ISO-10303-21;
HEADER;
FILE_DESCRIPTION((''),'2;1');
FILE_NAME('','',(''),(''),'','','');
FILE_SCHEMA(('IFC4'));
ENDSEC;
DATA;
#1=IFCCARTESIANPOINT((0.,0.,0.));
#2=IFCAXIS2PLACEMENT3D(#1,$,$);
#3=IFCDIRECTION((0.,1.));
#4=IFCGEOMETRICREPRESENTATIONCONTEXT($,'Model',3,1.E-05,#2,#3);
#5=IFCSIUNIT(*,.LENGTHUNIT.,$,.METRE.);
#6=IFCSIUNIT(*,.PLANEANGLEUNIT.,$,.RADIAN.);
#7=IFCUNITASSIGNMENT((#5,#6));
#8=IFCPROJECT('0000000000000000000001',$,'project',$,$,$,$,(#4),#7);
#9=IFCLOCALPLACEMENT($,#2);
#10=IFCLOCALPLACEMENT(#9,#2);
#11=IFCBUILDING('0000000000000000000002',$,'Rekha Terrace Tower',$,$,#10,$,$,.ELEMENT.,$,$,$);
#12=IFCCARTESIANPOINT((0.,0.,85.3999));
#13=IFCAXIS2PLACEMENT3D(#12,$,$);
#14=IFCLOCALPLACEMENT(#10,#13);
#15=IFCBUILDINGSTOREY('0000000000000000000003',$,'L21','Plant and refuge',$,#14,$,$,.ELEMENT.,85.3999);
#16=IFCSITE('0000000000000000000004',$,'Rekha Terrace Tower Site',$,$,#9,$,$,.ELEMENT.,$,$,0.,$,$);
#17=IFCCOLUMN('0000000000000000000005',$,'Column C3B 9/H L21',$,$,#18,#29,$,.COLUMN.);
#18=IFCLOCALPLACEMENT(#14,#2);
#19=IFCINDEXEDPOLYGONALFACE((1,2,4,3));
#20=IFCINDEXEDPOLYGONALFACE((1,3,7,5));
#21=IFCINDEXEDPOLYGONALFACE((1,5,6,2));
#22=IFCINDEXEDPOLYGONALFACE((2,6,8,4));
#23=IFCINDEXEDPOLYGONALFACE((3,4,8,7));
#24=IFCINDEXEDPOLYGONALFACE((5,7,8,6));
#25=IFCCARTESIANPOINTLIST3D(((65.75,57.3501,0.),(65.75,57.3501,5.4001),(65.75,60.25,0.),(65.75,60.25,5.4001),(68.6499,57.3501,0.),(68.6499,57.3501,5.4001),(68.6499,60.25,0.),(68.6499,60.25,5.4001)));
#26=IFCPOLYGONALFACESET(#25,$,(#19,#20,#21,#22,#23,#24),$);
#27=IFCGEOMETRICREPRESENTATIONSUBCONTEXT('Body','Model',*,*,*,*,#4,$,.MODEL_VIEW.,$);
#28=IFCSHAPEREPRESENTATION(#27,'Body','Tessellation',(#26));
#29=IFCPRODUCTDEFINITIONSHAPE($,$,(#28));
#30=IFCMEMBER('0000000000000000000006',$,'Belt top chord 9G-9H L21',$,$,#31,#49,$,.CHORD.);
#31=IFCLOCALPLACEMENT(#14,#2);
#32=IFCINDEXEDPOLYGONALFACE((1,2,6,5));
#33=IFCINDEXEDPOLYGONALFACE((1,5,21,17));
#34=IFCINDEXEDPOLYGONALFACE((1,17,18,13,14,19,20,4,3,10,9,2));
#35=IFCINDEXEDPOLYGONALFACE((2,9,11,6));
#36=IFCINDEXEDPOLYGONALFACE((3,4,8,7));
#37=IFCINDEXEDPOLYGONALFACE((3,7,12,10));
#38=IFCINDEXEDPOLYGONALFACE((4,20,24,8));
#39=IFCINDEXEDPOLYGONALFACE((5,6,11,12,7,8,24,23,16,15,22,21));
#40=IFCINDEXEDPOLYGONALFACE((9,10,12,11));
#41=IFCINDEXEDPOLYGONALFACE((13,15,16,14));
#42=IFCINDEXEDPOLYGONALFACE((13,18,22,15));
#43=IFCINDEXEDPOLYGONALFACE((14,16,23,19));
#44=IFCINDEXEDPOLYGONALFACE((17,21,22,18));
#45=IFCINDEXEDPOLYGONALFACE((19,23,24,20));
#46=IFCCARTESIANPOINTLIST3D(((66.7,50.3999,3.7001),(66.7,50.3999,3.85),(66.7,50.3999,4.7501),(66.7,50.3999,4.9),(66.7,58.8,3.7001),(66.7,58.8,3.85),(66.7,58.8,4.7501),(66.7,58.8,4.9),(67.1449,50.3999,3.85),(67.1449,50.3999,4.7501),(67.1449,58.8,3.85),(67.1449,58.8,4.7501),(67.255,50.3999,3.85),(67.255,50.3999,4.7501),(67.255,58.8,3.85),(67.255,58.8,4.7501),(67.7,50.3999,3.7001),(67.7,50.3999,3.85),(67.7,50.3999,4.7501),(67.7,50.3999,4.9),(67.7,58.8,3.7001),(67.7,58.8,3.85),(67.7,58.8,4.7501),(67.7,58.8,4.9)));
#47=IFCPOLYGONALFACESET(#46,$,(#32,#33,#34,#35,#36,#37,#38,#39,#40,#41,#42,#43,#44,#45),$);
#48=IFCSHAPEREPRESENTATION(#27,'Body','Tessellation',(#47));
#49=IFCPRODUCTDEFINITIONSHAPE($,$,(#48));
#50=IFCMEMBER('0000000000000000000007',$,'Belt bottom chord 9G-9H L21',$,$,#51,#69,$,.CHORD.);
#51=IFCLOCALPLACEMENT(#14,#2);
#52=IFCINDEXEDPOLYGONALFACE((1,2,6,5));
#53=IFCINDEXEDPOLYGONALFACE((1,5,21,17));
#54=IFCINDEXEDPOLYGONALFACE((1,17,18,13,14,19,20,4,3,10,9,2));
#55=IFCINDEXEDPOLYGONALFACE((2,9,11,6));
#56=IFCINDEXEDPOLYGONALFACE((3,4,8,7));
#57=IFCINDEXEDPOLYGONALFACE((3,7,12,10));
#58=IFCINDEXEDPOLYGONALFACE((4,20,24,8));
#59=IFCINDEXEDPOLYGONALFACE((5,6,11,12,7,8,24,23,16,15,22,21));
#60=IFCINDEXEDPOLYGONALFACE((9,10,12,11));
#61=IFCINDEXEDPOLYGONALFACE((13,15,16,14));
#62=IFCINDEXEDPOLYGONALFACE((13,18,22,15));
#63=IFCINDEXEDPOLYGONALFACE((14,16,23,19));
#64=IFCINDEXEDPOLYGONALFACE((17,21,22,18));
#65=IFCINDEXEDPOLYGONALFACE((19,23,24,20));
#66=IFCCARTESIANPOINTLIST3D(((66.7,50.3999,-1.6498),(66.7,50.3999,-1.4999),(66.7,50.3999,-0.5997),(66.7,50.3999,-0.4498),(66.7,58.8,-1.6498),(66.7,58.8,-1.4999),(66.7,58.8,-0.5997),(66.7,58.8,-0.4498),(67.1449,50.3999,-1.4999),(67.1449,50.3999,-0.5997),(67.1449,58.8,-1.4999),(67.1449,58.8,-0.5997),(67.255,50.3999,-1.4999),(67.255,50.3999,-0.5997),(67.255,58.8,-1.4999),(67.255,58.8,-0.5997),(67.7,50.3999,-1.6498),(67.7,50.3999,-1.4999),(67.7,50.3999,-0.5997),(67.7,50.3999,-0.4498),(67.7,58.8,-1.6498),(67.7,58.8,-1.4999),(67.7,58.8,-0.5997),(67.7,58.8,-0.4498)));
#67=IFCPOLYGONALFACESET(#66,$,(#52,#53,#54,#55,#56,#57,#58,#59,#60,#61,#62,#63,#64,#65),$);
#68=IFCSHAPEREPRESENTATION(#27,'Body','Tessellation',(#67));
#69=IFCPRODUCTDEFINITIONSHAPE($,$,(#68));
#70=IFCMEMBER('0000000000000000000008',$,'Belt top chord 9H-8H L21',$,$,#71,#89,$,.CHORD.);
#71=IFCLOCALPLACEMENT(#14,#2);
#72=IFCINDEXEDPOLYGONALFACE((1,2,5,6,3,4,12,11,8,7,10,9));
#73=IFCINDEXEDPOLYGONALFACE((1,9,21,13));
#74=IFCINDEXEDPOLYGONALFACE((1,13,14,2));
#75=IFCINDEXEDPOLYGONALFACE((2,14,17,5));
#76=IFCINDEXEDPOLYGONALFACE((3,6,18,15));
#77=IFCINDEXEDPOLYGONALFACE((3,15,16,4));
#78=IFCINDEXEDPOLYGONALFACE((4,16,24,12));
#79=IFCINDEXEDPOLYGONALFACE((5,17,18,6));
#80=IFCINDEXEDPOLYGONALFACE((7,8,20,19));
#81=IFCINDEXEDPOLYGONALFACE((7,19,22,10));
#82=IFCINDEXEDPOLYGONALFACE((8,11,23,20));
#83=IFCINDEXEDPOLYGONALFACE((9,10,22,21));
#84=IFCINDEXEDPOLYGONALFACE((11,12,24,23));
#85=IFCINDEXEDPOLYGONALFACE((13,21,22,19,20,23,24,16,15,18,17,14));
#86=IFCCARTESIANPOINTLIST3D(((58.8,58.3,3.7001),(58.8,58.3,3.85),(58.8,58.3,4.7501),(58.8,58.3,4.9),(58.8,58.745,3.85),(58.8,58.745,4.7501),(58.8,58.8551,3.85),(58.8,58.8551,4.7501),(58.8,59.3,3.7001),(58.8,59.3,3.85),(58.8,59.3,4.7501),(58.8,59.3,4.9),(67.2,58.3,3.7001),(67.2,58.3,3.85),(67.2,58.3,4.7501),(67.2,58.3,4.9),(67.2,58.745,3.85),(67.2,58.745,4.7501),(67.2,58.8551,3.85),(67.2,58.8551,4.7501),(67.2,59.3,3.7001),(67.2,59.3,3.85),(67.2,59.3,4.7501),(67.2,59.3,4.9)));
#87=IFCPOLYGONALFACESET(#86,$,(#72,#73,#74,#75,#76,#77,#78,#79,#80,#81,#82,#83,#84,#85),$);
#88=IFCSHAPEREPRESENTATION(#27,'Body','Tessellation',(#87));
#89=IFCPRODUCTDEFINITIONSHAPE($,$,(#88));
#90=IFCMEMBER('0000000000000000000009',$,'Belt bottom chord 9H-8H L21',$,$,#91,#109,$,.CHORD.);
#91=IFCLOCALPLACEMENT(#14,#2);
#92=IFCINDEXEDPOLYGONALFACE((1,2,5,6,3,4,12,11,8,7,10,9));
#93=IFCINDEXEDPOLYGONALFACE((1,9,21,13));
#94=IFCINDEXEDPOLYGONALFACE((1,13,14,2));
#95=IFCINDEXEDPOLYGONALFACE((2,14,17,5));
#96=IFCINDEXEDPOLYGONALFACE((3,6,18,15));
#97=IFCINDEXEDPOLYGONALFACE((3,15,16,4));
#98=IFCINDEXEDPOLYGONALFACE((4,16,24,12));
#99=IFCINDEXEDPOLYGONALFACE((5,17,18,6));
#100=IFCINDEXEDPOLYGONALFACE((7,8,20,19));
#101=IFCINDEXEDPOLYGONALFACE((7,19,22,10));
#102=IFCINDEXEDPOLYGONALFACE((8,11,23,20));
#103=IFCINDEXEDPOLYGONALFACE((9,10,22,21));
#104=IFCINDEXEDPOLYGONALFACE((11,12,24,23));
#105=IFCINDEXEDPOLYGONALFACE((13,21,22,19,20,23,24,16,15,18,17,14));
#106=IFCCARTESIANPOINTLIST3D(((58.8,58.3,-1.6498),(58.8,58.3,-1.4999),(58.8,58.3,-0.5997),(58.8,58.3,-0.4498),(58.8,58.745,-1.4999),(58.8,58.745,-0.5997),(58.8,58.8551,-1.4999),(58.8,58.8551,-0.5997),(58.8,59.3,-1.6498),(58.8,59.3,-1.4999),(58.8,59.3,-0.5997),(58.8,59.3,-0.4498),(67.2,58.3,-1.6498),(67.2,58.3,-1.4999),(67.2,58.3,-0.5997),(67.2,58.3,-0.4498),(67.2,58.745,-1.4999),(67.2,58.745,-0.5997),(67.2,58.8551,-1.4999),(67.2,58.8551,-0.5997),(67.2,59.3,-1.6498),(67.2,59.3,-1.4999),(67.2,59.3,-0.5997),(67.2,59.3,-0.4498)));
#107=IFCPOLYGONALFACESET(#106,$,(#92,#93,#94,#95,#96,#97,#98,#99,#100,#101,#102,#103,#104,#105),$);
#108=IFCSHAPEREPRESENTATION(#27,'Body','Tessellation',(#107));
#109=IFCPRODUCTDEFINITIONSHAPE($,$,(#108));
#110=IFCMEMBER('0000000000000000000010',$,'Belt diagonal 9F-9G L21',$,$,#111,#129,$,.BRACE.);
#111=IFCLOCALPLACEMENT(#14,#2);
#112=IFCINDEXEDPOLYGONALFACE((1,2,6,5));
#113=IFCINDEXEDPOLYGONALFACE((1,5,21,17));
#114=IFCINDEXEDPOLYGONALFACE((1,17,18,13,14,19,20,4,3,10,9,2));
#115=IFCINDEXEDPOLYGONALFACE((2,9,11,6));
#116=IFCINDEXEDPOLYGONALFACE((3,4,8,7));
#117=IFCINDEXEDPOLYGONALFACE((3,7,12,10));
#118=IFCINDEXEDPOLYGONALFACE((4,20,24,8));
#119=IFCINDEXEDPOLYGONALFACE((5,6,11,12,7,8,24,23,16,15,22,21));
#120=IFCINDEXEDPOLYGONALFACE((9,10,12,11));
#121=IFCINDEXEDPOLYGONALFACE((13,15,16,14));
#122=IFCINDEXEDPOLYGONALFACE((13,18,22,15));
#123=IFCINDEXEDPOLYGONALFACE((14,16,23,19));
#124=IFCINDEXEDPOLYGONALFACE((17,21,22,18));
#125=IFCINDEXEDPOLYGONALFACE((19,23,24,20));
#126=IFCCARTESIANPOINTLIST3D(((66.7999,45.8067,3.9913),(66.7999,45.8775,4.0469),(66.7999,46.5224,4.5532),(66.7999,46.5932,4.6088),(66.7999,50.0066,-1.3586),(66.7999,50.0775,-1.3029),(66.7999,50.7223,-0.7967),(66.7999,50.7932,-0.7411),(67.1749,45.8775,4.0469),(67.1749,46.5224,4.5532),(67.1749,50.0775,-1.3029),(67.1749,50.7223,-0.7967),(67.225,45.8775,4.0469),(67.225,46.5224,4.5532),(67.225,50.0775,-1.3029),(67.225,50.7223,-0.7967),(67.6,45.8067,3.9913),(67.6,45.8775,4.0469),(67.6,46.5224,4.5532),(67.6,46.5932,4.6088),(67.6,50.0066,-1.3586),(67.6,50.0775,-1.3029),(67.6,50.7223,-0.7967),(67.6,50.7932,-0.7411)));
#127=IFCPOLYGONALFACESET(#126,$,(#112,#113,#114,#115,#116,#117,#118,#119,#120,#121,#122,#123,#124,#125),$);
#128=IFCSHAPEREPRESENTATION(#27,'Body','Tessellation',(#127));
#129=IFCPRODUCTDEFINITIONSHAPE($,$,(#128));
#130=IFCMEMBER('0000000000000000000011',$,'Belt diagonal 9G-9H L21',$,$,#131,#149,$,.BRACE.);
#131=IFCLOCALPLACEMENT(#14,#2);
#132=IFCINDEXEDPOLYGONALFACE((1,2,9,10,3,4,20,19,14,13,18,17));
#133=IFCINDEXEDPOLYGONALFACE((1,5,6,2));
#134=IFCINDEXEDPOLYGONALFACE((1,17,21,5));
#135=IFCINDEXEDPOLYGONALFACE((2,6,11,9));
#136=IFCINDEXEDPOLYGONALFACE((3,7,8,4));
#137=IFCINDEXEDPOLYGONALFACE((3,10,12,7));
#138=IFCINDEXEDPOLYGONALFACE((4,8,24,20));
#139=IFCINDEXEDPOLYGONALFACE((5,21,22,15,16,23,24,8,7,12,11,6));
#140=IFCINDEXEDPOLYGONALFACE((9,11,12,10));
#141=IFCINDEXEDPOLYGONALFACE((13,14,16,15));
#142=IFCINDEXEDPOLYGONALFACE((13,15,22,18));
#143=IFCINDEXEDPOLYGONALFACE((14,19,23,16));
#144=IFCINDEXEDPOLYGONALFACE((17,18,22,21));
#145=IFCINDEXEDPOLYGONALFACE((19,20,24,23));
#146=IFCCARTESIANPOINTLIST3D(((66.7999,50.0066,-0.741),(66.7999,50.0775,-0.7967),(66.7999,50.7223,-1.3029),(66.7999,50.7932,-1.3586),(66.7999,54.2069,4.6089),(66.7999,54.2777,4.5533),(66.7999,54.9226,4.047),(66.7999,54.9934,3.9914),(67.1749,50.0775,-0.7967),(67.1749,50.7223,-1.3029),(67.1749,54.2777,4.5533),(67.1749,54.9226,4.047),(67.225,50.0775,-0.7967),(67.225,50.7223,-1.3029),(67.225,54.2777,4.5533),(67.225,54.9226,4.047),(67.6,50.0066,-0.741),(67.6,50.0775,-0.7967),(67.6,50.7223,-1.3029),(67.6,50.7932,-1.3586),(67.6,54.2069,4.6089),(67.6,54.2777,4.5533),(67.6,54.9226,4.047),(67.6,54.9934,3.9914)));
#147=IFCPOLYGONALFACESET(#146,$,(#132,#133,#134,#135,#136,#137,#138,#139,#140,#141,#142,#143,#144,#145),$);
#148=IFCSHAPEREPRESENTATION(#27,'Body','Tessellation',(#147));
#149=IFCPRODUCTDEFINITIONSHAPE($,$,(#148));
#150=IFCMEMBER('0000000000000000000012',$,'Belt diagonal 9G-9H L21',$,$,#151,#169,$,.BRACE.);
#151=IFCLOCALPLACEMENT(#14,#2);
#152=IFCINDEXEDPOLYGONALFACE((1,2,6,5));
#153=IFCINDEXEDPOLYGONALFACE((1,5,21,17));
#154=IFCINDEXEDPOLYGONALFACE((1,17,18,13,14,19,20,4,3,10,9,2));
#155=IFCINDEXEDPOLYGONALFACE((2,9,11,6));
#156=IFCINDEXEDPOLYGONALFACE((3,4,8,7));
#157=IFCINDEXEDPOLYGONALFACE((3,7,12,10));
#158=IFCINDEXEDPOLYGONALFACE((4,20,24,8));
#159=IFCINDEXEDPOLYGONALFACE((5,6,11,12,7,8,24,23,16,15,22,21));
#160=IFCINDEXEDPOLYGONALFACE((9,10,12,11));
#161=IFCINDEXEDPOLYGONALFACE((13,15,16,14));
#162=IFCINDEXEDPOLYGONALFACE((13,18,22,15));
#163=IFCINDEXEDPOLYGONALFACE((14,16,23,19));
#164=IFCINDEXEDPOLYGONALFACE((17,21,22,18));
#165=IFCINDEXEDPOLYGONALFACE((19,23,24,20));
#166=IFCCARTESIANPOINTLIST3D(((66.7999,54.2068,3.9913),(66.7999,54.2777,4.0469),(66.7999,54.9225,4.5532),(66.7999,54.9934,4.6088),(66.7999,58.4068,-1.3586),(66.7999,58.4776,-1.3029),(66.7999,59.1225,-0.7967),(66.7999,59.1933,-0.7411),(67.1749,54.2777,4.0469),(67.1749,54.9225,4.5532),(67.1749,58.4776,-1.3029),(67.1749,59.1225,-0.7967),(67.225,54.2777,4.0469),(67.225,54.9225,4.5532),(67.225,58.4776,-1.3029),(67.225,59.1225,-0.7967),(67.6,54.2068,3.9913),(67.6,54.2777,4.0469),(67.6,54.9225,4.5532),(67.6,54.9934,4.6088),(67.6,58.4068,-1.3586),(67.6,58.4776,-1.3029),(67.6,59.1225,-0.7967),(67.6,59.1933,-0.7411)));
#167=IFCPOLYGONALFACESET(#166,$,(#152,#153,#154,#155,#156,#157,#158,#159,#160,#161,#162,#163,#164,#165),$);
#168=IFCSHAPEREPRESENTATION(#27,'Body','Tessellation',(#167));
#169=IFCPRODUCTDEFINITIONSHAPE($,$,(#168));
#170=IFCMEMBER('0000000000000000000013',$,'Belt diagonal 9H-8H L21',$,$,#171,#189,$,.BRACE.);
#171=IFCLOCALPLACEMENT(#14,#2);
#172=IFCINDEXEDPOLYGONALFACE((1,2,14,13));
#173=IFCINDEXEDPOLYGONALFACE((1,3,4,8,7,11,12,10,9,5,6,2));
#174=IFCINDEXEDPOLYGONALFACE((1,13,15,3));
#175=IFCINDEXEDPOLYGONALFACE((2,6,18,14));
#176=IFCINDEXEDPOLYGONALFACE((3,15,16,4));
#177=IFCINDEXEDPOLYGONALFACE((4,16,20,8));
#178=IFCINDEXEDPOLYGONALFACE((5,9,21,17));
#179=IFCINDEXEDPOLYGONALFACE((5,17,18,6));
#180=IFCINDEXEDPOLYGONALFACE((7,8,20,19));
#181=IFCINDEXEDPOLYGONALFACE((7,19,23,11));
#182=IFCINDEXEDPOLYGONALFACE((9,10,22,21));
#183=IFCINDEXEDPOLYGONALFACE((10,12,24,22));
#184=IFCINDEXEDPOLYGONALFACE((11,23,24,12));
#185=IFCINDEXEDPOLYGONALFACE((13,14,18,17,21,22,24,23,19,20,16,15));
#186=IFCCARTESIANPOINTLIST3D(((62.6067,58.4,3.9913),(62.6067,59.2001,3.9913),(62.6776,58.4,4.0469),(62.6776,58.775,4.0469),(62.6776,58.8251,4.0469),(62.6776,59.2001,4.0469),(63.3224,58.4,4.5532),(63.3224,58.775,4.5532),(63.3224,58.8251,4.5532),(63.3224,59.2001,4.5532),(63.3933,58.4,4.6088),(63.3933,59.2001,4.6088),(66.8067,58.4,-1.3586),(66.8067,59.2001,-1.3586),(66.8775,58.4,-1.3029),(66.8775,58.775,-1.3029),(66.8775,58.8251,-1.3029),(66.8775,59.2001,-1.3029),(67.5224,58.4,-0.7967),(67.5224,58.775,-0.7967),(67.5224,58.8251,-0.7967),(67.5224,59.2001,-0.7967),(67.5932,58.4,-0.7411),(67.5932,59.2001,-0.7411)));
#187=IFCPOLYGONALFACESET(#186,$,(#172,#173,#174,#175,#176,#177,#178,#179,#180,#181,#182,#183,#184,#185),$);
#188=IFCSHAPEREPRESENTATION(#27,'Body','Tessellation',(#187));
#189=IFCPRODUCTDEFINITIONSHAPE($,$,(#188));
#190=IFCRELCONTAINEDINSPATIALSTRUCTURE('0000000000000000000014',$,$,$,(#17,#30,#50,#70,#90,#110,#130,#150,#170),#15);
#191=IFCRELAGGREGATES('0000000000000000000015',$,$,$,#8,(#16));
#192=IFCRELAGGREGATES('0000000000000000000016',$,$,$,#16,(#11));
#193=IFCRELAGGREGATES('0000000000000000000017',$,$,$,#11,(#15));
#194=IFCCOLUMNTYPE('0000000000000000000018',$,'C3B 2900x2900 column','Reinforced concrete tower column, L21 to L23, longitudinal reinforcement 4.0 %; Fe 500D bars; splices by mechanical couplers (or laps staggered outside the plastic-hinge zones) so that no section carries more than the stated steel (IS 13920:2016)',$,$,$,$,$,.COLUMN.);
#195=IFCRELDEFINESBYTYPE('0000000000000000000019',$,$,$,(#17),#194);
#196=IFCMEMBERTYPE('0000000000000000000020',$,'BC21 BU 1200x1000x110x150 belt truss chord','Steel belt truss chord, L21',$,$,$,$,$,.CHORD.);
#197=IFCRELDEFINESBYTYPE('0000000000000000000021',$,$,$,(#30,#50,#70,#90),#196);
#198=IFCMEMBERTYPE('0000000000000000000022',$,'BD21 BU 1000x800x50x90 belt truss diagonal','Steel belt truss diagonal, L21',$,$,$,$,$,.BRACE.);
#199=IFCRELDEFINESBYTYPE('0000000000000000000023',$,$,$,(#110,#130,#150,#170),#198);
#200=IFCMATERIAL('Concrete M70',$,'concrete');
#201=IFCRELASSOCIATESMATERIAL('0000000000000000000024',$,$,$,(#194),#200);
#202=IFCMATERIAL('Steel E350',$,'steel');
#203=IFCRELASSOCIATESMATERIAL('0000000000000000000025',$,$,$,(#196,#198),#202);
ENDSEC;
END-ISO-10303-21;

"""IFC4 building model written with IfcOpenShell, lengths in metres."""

from ifc_helpers import new_model, si_unit, direction, frame, origin, origin_2d, place, context, subcontext, project, spatial, rectangle, i_section, extrude, material, material_profile, profile_set, type_object, element, save


model = new_model("IFC4")

# Units and contexts
model_context = context("Model", 3, precision=1e-05, world=origin(), true_north=direction((0.0, 1.0)))
body_context = subcontext(model_context, "Body", "Model", "MODEL_VIEW")
ifc_project = project(units=[si_unit("LENGTHUNIT", "METRE"), si_unit("PLANEANGLEUNIT", "RADIAN")], contexts=[model_context])

# Site, building, storey
site_placement = place(None, origin())
site = spatial("IfcSite", under=ifc_project, at=site_placement, Name="Rekha Terrace Tower Site", CompositionType="ELEMENT", RefElevation=0.0)
building_placement = place(site_placement, origin())
building = spatial("IfcBuilding", under=site, at=building_placement, Name="Rekha Terrace Tower", CompositionType="ELEMENT")
storey_placement = place(building_placement, frame((0.0, 0.0, 85.3999)))
storey = spatial("IfcBuildingStorey", under=building, at=storey_placement, Name="L21", Description="Plant and refuge", CompositionType="ELEMENT", Elevation=85.3999)

# Column
ifc_material_1 = material(Name="Concrete M70", Category="concrete")
ifc_material_profile_1 = material_profile(ifc_material_1, rectangle(XDim=2.8999, YDim=2.8999, at=origin_2d()), Name="RC 2900x2900")
ifc_profile_set_1 = profile_set([ifc_material_profile_1], Name="Concrete M70")
column_type = type_object("IfcColumnType", Name="C3B 2900x2900 column", Description="Reinforced concrete tower column, L21 to L23, longitudinal reinforcement 4.0 %; Fe 500D bars; splices by mechanical couplers (or laps staggered outside the plastic-hinge zones) so that no section carries more than the stated steel (IS 13920:2016)", PredefinedType="COLUMN", material=ifc_profile_set_1)
column_placement = place(storey_placement, frame((67.2, 58.8, 0.0), z_axis=(0.0, 0.0, 1.0), x_axis=(1.0, 0.0, 0.0)))
element("IfcColumn", 1, at=column_placement, inside=storey, type_object=column_type, Name="Column C3B 9/H L21", PredefinedType="COLUMN", context=body_context, shape_type="SweptSolid", body=[
    extrude(rectangle(XDim=2.8999, YDim=2.8999, at=origin_2d()), origin(), (0.0, 0.0, 1.0), 5.4001),
])

# Members
ifc_material_2 = material(Name="Steel E350", Category="steel")
ifc_material_profile_2 = material_profile(ifc_material_2, i_section(OverallWidth=1.0, OverallDepth=1.2, WebThickness=0.1101, FlangeThickness=0.1499, at=origin_2d()), Name="BU 1200x1000x110x150")
ifc_profile_set_2 = profile_set([ifc_material_profile_2], Name="Steel E350")
member_type_1 = type_object("IfcMemberType", Name="BC21 BU 1200x1000x110x150 belt truss chord", Description="Steel belt truss chord, L21", PredefinedType="CHORD", material=ifc_profile_set_2)
for number, where, z_axis, x_axis, name in (
    (2, (67.2, 50.3999, 4.3), (0.0, 1.0, 0.0), (-1.0, 0.0, 0.0), "Belt top chord 9G-9H L21"),
    (3, (67.2, 50.3999, -1.0498), (0.0, 1.0, 0.0), (-1.0, 0.0, 0.0), "Belt bottom chord 9G-9H L21"),
):
    element("IfcMember", number, at=place(storey_placement, frame(where, z_axis=z_axis, x_axis=x_axis)), inside=storey, type_object=member_type_1, Name=name, PredefinedType="CHORD", context=body_context, shape_type="SweptSolid", body=[
        extrude(i_section(OverallWidth=1.0, OverallDepth=1.2, WebThickness=0.1101, FlangeThickness=0.1499, at=origin_2d()), origin(), (0.0, 0.0, 1.0), 8.4001),
    ])
for number, where, z_axis, x_axis, name in (
    (4, (67.2, 58.8, 4.3), (-1.0, 0.0, 0.0), (0.0, -1.0, 0.0), "Belt top chord 9H-8H L21"),
    (5, (67.2, 58.8, -1.0498), (-1.0, 0.0, 0.0), (0.0, -1.0, 0.0), "Belt bottom chord 9H-8H L21"),
):
    element("IfcMember", number, at=place(storey_placement, frame(where, z_axis=z_axis, x_axis=x_axis)), inside=storey, type_object=member_type_1, Name=name, PredefinedType="CHORD", context=body_context, shape_type="SweptSolid", body=[
        extrude(i_section(OverallWidth=1.0, OverallDepth=1.2, WebThickness=0.1101, FlangeThickness=0.1499, at=origin_2d()), origin(), (0.0, 0.0, 1.0), 8.3999),
    ])
ifc_material_profile_3 = material_profile(ifc_material_2, i_section(OverallWidth=0.8, OverallDepth=1.0, WebThickness=0.05, FlangeThickness=0.0901, at=origin_2d()), Name="BU 1000x800x50x90")
ifc_profile_set_3 = profile_set([ifc_material_profile_3], Name="Steel E350")
member_type_2 = type_object("IfcMemberType", Name="BD21 BU 1000x800x50x90 belt truss diagonal", Description="Steel belt truss diagonal, L21", PredefinedType="BRACE", material=ifc_profile_set_3)
member_1_placement = place(storey_placement, frame((67.2, 50.3999, -1.0498), z_axis=(0.0, -0.617503, 0.786569), x_axis=(1.0, 0.0, 0.0)))
element("IfcMember", 6, at=member_1_placement, inside=storey, type_object=member_type_2, Name="Belt diagonal 9F-9G L21", PredefinedType="BRACE", context=body_context, shape_type="SweptSolid", body=[
    extrude(i_section(OverallWidth=0.8, OverallDepth=1.0, WebThickness=0.05, FlangeThickness=0.0901, at=origin_2d()), origin(), (0.0, 0.0, 1.0), 6.8015),
])
member_2_placement = place(storey_placement, frame((67.2, 50.3999, -1.0498), z_axis=(0.0, 0.617525, 0.786551), x_axis=(-1.0, 0.0, 0.0)))
element("IfcMember", 7, at=member_2_placement, inside=storey, type_object=member_type_2, Name="Belt diagonal 9G-9H L21", PredefinedType="BRACE", context=body_context, shape_type="SweptSolid", body=[
    extrude(i_section(OverallWidth=0.8, OverallDepth=1.0, WebThickness=0.05, FlangeThickness=0.0901, at=origin_2d()), origin(), (0.0, 0.0, 1.0), 6.8018),
])
for number, where, z_axis, x_axis, name in (
    (8, (67.2, 58.8, -1.0498), (0.0, -0.617503, 0.786569), (1.0, 0.0, 0.0), "Belt diagonal 9G-9H L21"),
    (9, (67.2, 58.8, -1.0498), (-0.617503, 0.0, 0.786569), (0.0, -1.0, 0.0), "Belt diagonal 9H-8H L21"),
):
    element("IfcMember", number, at=place(storey_placement, frame(where, z_axis=z_axis, x_axis=x_axis)), inside=storey, type_object=member_type_2, Name=name, PredefinedType="BRACE", context=body_context, shape_type="SweptSolid", body=[
        extrude(i_section(OverallWidth=0.8, OverallDepth=1.0, WebThickness=0.05, FlangeThickness=0.0901, at=origin_2d()), origin(), (0.0, 0.0, 1.0), 6.8015),
    ])

save(model, "model.ifc")
